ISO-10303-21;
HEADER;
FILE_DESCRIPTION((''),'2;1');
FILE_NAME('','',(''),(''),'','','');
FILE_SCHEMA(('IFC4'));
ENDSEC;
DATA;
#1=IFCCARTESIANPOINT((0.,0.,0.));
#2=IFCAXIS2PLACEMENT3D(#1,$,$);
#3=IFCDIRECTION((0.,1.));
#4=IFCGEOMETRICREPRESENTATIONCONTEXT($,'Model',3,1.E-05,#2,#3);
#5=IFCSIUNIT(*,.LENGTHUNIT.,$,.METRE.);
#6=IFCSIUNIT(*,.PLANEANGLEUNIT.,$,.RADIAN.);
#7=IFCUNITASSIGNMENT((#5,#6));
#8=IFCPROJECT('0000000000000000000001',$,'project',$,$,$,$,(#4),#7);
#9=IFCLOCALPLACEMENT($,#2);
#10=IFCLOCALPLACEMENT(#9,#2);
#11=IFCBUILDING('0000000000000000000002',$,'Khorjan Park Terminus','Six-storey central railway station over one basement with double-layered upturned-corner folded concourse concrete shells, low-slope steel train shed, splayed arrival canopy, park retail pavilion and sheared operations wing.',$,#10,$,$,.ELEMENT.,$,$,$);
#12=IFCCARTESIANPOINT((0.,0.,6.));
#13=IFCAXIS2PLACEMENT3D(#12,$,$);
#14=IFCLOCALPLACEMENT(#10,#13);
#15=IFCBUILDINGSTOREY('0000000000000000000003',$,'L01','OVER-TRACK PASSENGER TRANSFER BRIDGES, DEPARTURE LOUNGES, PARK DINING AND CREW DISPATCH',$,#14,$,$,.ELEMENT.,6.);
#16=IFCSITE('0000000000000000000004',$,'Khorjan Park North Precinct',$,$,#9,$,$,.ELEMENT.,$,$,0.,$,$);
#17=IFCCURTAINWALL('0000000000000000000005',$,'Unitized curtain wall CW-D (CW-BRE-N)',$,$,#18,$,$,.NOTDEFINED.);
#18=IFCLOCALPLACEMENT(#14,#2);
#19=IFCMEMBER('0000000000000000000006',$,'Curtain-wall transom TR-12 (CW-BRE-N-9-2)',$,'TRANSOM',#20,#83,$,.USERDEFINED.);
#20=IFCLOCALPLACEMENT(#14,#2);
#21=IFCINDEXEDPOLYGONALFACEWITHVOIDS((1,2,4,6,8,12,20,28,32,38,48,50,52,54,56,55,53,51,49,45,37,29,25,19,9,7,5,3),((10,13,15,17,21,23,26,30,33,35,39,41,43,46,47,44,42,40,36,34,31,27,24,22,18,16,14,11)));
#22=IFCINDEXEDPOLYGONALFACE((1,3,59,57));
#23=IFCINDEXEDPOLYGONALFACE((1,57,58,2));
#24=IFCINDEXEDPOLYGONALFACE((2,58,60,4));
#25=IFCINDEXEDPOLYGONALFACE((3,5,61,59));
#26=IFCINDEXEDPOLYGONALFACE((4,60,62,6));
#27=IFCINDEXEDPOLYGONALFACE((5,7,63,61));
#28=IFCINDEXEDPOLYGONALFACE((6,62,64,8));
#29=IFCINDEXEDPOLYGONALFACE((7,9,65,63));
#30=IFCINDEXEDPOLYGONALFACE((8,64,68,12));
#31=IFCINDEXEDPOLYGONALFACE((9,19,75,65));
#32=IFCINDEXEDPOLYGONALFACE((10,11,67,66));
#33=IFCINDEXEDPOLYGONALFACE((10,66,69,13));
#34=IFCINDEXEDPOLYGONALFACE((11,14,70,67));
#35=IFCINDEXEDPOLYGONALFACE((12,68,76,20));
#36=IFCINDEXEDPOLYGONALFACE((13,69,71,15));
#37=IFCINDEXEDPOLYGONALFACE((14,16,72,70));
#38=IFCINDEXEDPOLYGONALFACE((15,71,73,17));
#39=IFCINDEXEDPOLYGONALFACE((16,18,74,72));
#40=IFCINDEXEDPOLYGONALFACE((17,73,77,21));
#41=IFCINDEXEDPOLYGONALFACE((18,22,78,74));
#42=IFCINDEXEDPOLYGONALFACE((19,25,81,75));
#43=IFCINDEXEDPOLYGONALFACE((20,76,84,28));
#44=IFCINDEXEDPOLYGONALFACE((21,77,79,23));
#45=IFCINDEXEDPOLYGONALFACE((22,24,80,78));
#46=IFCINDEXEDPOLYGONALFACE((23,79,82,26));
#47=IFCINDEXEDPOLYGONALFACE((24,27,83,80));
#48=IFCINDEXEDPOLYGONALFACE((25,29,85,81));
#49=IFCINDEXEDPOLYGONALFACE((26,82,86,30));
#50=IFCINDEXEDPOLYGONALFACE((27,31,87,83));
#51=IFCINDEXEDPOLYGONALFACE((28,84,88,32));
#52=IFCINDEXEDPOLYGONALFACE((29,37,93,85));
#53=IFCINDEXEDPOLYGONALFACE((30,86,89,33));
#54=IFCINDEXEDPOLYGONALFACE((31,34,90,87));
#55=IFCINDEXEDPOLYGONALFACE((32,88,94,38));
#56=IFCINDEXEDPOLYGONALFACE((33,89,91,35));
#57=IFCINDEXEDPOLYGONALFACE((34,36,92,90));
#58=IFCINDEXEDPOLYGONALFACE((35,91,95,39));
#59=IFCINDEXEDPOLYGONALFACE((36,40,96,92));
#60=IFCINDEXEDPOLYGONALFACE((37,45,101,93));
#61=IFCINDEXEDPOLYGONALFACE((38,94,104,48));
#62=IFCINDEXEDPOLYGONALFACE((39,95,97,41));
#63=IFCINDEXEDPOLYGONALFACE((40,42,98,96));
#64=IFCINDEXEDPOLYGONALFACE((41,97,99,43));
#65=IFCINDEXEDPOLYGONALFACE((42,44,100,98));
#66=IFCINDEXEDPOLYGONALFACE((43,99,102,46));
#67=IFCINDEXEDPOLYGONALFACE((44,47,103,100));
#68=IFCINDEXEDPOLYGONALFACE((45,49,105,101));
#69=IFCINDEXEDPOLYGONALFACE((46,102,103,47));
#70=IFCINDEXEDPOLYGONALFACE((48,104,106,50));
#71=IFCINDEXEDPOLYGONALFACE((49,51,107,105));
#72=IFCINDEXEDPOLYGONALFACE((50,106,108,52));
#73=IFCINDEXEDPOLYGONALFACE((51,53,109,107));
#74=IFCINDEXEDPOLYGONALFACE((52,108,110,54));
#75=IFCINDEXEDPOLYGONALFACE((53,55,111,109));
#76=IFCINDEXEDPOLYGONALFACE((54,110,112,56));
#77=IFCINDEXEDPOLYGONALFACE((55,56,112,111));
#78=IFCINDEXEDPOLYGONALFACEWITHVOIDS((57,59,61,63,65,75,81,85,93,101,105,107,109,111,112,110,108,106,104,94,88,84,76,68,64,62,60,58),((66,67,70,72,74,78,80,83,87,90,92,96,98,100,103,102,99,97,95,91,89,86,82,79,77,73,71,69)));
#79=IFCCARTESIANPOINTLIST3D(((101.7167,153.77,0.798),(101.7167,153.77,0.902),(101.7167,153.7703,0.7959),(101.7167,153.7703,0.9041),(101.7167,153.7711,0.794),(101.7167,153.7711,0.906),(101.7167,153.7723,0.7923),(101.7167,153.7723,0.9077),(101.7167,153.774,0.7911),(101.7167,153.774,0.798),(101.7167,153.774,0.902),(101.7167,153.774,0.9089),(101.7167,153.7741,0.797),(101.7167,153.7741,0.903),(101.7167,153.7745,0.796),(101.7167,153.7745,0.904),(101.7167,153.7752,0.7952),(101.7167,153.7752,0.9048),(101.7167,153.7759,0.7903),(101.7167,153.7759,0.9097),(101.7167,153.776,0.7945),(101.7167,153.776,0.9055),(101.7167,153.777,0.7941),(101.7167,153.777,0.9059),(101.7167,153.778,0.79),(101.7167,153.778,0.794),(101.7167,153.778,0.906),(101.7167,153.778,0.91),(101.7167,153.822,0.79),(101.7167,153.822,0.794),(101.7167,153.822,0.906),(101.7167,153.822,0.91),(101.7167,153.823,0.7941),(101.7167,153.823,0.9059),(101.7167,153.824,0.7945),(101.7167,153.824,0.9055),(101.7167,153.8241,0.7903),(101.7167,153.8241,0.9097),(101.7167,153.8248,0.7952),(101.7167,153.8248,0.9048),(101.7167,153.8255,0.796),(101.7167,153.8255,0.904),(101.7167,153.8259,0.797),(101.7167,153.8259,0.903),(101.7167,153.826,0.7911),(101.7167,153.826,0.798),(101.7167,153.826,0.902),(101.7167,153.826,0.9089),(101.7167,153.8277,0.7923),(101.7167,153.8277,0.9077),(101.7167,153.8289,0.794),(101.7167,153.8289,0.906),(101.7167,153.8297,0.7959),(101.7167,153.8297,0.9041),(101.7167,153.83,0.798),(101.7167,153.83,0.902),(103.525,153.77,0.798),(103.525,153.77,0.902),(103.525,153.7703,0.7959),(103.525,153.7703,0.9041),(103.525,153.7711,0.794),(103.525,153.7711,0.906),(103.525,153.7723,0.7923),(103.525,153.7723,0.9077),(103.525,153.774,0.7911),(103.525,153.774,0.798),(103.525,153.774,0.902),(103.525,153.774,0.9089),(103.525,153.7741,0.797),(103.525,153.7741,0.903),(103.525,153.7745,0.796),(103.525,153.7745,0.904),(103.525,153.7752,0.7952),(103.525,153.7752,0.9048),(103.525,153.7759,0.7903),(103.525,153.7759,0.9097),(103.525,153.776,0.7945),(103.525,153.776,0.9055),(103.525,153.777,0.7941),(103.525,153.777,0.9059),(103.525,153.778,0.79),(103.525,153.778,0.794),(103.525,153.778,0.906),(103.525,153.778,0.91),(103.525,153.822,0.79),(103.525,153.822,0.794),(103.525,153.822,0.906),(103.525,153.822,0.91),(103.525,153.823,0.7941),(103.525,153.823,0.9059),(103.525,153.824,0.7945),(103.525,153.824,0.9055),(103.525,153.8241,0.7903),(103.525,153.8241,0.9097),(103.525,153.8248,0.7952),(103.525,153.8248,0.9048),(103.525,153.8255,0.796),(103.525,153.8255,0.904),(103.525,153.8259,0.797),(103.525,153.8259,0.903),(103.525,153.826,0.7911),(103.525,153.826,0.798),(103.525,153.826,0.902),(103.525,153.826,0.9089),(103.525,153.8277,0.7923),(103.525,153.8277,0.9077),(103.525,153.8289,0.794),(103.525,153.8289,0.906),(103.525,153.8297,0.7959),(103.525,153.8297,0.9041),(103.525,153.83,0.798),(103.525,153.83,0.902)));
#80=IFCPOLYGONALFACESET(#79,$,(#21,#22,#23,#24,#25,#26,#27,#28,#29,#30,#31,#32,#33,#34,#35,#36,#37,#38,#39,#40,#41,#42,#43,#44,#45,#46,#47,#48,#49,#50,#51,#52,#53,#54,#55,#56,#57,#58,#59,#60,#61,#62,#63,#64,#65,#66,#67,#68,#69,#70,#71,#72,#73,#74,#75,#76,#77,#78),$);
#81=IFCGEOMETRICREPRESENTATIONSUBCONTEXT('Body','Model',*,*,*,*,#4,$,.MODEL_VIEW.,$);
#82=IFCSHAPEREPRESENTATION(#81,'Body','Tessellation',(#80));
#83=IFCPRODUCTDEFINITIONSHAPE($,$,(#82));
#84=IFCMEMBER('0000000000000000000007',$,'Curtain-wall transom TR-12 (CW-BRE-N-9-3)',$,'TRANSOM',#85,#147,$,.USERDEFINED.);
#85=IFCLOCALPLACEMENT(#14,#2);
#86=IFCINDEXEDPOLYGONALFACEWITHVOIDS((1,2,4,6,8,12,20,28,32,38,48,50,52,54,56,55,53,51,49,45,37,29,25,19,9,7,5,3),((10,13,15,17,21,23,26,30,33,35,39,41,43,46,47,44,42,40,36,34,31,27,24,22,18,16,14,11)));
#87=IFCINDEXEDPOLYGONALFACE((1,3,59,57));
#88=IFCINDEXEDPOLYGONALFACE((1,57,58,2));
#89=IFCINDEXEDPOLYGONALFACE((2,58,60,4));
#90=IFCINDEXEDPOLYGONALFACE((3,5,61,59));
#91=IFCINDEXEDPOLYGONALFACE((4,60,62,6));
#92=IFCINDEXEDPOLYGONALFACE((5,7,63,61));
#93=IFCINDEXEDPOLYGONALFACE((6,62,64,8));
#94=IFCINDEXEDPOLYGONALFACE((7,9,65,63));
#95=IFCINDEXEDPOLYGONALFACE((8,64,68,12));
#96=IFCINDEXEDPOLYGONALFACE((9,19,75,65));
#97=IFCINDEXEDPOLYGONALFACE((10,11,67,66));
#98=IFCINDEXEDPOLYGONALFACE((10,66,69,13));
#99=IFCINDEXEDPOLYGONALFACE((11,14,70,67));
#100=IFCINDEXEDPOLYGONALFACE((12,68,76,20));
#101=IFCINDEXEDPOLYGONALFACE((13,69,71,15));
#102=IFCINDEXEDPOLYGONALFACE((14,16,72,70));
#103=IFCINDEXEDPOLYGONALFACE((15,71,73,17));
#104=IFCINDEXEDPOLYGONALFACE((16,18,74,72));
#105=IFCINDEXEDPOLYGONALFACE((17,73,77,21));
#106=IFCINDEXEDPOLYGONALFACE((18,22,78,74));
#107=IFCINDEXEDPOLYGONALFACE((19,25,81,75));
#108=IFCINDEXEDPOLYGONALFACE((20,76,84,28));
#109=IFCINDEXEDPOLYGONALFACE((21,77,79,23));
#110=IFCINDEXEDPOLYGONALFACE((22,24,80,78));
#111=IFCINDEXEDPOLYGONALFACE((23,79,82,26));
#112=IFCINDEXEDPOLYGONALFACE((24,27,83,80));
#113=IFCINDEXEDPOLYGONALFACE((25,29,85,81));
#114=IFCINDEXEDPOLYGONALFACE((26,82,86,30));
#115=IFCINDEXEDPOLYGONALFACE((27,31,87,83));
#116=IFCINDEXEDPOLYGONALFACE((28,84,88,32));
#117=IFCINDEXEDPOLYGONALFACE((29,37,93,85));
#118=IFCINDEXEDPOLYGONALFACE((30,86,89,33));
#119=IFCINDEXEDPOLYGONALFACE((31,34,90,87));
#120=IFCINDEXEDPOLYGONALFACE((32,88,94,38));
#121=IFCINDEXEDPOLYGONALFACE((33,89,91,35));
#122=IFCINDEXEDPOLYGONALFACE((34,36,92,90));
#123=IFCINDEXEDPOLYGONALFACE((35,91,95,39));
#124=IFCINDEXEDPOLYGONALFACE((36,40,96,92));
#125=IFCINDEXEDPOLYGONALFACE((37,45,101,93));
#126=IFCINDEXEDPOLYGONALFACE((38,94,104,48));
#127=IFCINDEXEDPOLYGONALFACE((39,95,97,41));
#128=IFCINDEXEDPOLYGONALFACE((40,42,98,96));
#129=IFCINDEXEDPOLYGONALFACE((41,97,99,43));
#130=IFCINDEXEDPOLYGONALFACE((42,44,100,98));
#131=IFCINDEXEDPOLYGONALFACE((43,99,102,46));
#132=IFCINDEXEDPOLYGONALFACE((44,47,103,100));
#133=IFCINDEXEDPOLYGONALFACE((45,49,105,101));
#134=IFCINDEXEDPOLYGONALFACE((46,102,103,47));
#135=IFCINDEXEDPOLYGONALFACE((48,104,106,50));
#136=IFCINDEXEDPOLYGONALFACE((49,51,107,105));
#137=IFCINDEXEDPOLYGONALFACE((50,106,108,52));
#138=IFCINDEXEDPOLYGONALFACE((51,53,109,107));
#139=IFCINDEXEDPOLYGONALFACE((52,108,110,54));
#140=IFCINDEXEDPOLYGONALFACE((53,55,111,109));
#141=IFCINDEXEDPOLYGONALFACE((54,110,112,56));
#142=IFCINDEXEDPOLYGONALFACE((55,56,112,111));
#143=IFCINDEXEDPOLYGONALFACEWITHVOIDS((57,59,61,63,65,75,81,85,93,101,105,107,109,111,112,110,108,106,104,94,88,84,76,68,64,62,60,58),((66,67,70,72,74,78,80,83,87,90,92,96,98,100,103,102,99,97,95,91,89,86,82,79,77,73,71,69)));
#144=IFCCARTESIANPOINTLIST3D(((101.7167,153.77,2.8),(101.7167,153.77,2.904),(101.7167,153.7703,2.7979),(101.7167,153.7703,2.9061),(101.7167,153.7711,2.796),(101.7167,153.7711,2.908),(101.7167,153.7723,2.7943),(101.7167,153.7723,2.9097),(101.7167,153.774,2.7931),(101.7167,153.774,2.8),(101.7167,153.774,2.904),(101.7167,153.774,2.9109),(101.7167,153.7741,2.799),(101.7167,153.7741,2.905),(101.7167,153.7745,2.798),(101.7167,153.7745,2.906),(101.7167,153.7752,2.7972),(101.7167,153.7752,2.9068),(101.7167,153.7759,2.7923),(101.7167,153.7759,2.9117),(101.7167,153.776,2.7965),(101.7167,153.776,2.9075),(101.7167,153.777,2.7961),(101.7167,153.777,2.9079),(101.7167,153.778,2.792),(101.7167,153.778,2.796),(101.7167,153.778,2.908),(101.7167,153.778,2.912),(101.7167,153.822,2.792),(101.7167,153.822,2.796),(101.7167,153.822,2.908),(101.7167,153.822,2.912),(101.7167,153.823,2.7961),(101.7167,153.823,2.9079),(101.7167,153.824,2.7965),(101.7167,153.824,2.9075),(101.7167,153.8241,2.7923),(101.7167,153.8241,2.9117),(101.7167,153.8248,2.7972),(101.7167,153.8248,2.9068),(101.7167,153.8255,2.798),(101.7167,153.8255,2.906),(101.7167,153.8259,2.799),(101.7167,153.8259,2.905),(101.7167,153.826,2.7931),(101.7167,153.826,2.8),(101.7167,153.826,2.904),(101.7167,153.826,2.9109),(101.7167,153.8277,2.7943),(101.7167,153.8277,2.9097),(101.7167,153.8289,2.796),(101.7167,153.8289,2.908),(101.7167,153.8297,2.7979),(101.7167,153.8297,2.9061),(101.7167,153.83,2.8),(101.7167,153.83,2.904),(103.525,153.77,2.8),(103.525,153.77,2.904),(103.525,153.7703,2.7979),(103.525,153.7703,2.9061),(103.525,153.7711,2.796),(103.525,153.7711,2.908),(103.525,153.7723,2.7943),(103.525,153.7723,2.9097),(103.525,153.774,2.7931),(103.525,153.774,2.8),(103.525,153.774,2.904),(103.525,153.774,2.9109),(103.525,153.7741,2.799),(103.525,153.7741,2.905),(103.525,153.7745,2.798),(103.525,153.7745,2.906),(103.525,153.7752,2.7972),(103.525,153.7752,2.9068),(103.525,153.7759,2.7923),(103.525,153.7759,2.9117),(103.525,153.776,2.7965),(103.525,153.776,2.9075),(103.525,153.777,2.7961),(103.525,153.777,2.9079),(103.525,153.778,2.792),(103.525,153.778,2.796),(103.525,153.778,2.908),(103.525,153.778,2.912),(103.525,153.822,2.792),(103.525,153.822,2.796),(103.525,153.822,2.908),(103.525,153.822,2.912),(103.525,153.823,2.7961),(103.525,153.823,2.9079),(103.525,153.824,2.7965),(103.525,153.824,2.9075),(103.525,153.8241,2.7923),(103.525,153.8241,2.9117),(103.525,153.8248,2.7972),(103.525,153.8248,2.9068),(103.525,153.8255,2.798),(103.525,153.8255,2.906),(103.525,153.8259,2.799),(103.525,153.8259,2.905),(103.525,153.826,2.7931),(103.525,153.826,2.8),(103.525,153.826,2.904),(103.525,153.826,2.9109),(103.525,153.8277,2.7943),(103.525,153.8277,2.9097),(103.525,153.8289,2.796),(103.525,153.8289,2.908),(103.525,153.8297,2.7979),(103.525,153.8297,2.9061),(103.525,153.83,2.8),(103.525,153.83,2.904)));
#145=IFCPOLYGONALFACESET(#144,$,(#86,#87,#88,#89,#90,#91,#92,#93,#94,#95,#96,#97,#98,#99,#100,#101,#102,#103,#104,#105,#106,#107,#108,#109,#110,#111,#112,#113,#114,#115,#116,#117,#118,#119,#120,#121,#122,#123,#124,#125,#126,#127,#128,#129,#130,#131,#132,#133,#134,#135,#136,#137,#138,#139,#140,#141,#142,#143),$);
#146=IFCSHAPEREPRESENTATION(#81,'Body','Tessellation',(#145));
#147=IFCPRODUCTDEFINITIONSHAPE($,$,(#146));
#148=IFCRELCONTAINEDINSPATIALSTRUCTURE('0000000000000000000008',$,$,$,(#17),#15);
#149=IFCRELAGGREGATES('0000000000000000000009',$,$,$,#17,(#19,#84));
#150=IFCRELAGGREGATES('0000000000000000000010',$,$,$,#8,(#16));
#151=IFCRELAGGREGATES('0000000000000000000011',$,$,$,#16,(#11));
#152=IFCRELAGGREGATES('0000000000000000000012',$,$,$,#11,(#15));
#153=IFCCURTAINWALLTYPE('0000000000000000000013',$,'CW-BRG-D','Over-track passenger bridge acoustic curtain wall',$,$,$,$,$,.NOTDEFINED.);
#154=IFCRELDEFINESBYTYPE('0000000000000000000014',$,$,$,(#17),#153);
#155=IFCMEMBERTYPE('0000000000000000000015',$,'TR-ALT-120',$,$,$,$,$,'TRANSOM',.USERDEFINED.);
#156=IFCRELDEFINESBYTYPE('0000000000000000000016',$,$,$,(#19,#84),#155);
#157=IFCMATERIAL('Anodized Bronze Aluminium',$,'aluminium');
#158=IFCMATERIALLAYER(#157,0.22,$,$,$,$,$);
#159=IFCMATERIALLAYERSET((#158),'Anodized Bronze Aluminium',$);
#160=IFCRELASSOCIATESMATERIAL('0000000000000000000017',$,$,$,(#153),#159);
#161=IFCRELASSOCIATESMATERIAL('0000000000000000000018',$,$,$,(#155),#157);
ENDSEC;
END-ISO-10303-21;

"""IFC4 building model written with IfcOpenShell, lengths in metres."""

from ifc_helpers import new_model, si_unit, direction, frame, origin, origin_2d, place, context, subcontext, project, spatial, hollow_rectangle, extrude, material, layer, layer_set, material_profile, profile_set, type_object, element, aggregate, save


model = new_model("IFC4")

# Units and contexts
model_context = context("Model", 3, precision=1e-05, world=origin(), true_north=direction((0.0, 1.0)))
body_context = subcontext(model_context, "Body", "Model", "MODEL_VIEW")
ifc_project = project(units=[si_unit("LENGTHUNIT", "METRE"), si_unit("PLANEANGLEUNIT", "RADIAN")], contexts=[model_context])

# Site, building, storey
site_placement = place(None, origin())
site = spatial("IfcSite", under=ifc_project, at=site_placement, Name="Khorjan Park North Precinct", CompositionType="ELEMENT", RefElevation=0.0)
building_placement = place(site_placement, origin())
building = spatial("IfcBuilding", under=site, at=building_placement, Name="Khorjan Park Terminus", Description="Six-storey central railway station over one basement with double-layered upturned-corner folded concourse concrete shells, low-slope steel train shed, splayed arrival canopy, park retail pavilion and sheared operations wing.", CompositionType="ELEMENT")
storey_placement = place(building_placement, frame((0.0, 0.0, 6.0)))
storey = spatial("IfcBuildingStorey", under=building, at=storey_placement, Name="L01", Description="OVER-TRACK PASSENGER TRANSFER BRIDGES, DEPARTURE LOUNGES, PARK DINING AND CREW DISPATCH", CompositionType="ELEMENT", Elevation=6.0)

# Curtain wall, members
ifc_material_1 = material(Name="Anodized Bronze Aluminium", Category="aluminium")
ifc_layer_1 = layer(ifc_material_1, 0.22)
ifc_layer_set_1 = layer_set([ifc_layer_1], Name="Anodized Bronze Aluminium")
curtain_wall_type = type_object("IfcCurtainWallType", Name="CW-BRG-D", Description="Over-track passenger bridge acoustic curtain wall", PredefinedType="NOTDEFINED", material=ifc_layer_set_1)
curtain_wall_placement = place(storey_placement, origin())
curtain_wall = element("IfcCurtainWall", 1, at=curtain_wall_placement, inside=storey, type_object=curtain_wall_type, Name="Unitized curtain wall CW-D (CW-BRE-N)", PredefinedType="NOTDEFINED")
ifc_material_profile_1 = material_profile(ifc_material_1, hollow_rectangle(XDim=0.06, YDim=0.12, WallThickness=0.004, InnerFilletRadius=0.004, OuterFilletRadius=0.008, at=origin_2d()), Name="ALT 60x120x4")
ifc_profile_set_1 = profile_set([ifc_material_profile_1], Name="Anodized Bronze Aluminium")
member_type_1 = type_object("IfcMemberType", Name="TR-ALT-120", ElementType="TRANSOM", PredefinedType="USERDEFINED", material=ifc_profile_set_1)
member_1_placement = place(storey_placement, frame((103.525, 153.8, 0.85), z_axis=(-1.0, 0.0, 0.0), x_axis=(0.0, -1.0, 0.0)))
member_1 = element("IfcMember", 2, at=member_1_placement, type_object=member_type_1, Name="Curtain-wall transom TR-12 (CW-BRE-N-9-2)", ObjectType="TRANSOM", PredefinedType="USERDEFINED", context=body_context, shape_type="SweptSolid", body=[
    extrude(hollow_rectangle(XDim=0.06, YDim=0.12, WallThickness=0.004, InnerFilletRadius=0.004, OuterFilletRadius=0.008, at=origin_2d()), origin(), (0.0, 0.0, 1.0), 1.8083),
])
member_2_placement = place(storey_placement, frame((103.525, 153.8, 2.852), z_axis=(-1.0, 0.0, 0.0), x_axis=(0.0, -1.0, 0.0)))
member_2 = element("IfcMember", 3, at=member_2_placement, type_object=member_type_1, Name="Curtain-wall transom TR-12 (CW-BRE-N-9-3)", ObjectType="TRANSOM", PredefinedType="USERDEFINED", context=body_context, shape_type="SweptSolid", body=[
    extrude(hollow_rectangle(XDim=0.06, YDim=0.12, WallThickness=0.004, InnerFilletRadius=0.004, OuterFilletRadius=0.008, at=origin_2d()), origin(), (0.0, 0.0, 1.0), 1.8083),
])
aggregate(curtain_wall, [member_1, member_2])

save(model, "model.ifc")
